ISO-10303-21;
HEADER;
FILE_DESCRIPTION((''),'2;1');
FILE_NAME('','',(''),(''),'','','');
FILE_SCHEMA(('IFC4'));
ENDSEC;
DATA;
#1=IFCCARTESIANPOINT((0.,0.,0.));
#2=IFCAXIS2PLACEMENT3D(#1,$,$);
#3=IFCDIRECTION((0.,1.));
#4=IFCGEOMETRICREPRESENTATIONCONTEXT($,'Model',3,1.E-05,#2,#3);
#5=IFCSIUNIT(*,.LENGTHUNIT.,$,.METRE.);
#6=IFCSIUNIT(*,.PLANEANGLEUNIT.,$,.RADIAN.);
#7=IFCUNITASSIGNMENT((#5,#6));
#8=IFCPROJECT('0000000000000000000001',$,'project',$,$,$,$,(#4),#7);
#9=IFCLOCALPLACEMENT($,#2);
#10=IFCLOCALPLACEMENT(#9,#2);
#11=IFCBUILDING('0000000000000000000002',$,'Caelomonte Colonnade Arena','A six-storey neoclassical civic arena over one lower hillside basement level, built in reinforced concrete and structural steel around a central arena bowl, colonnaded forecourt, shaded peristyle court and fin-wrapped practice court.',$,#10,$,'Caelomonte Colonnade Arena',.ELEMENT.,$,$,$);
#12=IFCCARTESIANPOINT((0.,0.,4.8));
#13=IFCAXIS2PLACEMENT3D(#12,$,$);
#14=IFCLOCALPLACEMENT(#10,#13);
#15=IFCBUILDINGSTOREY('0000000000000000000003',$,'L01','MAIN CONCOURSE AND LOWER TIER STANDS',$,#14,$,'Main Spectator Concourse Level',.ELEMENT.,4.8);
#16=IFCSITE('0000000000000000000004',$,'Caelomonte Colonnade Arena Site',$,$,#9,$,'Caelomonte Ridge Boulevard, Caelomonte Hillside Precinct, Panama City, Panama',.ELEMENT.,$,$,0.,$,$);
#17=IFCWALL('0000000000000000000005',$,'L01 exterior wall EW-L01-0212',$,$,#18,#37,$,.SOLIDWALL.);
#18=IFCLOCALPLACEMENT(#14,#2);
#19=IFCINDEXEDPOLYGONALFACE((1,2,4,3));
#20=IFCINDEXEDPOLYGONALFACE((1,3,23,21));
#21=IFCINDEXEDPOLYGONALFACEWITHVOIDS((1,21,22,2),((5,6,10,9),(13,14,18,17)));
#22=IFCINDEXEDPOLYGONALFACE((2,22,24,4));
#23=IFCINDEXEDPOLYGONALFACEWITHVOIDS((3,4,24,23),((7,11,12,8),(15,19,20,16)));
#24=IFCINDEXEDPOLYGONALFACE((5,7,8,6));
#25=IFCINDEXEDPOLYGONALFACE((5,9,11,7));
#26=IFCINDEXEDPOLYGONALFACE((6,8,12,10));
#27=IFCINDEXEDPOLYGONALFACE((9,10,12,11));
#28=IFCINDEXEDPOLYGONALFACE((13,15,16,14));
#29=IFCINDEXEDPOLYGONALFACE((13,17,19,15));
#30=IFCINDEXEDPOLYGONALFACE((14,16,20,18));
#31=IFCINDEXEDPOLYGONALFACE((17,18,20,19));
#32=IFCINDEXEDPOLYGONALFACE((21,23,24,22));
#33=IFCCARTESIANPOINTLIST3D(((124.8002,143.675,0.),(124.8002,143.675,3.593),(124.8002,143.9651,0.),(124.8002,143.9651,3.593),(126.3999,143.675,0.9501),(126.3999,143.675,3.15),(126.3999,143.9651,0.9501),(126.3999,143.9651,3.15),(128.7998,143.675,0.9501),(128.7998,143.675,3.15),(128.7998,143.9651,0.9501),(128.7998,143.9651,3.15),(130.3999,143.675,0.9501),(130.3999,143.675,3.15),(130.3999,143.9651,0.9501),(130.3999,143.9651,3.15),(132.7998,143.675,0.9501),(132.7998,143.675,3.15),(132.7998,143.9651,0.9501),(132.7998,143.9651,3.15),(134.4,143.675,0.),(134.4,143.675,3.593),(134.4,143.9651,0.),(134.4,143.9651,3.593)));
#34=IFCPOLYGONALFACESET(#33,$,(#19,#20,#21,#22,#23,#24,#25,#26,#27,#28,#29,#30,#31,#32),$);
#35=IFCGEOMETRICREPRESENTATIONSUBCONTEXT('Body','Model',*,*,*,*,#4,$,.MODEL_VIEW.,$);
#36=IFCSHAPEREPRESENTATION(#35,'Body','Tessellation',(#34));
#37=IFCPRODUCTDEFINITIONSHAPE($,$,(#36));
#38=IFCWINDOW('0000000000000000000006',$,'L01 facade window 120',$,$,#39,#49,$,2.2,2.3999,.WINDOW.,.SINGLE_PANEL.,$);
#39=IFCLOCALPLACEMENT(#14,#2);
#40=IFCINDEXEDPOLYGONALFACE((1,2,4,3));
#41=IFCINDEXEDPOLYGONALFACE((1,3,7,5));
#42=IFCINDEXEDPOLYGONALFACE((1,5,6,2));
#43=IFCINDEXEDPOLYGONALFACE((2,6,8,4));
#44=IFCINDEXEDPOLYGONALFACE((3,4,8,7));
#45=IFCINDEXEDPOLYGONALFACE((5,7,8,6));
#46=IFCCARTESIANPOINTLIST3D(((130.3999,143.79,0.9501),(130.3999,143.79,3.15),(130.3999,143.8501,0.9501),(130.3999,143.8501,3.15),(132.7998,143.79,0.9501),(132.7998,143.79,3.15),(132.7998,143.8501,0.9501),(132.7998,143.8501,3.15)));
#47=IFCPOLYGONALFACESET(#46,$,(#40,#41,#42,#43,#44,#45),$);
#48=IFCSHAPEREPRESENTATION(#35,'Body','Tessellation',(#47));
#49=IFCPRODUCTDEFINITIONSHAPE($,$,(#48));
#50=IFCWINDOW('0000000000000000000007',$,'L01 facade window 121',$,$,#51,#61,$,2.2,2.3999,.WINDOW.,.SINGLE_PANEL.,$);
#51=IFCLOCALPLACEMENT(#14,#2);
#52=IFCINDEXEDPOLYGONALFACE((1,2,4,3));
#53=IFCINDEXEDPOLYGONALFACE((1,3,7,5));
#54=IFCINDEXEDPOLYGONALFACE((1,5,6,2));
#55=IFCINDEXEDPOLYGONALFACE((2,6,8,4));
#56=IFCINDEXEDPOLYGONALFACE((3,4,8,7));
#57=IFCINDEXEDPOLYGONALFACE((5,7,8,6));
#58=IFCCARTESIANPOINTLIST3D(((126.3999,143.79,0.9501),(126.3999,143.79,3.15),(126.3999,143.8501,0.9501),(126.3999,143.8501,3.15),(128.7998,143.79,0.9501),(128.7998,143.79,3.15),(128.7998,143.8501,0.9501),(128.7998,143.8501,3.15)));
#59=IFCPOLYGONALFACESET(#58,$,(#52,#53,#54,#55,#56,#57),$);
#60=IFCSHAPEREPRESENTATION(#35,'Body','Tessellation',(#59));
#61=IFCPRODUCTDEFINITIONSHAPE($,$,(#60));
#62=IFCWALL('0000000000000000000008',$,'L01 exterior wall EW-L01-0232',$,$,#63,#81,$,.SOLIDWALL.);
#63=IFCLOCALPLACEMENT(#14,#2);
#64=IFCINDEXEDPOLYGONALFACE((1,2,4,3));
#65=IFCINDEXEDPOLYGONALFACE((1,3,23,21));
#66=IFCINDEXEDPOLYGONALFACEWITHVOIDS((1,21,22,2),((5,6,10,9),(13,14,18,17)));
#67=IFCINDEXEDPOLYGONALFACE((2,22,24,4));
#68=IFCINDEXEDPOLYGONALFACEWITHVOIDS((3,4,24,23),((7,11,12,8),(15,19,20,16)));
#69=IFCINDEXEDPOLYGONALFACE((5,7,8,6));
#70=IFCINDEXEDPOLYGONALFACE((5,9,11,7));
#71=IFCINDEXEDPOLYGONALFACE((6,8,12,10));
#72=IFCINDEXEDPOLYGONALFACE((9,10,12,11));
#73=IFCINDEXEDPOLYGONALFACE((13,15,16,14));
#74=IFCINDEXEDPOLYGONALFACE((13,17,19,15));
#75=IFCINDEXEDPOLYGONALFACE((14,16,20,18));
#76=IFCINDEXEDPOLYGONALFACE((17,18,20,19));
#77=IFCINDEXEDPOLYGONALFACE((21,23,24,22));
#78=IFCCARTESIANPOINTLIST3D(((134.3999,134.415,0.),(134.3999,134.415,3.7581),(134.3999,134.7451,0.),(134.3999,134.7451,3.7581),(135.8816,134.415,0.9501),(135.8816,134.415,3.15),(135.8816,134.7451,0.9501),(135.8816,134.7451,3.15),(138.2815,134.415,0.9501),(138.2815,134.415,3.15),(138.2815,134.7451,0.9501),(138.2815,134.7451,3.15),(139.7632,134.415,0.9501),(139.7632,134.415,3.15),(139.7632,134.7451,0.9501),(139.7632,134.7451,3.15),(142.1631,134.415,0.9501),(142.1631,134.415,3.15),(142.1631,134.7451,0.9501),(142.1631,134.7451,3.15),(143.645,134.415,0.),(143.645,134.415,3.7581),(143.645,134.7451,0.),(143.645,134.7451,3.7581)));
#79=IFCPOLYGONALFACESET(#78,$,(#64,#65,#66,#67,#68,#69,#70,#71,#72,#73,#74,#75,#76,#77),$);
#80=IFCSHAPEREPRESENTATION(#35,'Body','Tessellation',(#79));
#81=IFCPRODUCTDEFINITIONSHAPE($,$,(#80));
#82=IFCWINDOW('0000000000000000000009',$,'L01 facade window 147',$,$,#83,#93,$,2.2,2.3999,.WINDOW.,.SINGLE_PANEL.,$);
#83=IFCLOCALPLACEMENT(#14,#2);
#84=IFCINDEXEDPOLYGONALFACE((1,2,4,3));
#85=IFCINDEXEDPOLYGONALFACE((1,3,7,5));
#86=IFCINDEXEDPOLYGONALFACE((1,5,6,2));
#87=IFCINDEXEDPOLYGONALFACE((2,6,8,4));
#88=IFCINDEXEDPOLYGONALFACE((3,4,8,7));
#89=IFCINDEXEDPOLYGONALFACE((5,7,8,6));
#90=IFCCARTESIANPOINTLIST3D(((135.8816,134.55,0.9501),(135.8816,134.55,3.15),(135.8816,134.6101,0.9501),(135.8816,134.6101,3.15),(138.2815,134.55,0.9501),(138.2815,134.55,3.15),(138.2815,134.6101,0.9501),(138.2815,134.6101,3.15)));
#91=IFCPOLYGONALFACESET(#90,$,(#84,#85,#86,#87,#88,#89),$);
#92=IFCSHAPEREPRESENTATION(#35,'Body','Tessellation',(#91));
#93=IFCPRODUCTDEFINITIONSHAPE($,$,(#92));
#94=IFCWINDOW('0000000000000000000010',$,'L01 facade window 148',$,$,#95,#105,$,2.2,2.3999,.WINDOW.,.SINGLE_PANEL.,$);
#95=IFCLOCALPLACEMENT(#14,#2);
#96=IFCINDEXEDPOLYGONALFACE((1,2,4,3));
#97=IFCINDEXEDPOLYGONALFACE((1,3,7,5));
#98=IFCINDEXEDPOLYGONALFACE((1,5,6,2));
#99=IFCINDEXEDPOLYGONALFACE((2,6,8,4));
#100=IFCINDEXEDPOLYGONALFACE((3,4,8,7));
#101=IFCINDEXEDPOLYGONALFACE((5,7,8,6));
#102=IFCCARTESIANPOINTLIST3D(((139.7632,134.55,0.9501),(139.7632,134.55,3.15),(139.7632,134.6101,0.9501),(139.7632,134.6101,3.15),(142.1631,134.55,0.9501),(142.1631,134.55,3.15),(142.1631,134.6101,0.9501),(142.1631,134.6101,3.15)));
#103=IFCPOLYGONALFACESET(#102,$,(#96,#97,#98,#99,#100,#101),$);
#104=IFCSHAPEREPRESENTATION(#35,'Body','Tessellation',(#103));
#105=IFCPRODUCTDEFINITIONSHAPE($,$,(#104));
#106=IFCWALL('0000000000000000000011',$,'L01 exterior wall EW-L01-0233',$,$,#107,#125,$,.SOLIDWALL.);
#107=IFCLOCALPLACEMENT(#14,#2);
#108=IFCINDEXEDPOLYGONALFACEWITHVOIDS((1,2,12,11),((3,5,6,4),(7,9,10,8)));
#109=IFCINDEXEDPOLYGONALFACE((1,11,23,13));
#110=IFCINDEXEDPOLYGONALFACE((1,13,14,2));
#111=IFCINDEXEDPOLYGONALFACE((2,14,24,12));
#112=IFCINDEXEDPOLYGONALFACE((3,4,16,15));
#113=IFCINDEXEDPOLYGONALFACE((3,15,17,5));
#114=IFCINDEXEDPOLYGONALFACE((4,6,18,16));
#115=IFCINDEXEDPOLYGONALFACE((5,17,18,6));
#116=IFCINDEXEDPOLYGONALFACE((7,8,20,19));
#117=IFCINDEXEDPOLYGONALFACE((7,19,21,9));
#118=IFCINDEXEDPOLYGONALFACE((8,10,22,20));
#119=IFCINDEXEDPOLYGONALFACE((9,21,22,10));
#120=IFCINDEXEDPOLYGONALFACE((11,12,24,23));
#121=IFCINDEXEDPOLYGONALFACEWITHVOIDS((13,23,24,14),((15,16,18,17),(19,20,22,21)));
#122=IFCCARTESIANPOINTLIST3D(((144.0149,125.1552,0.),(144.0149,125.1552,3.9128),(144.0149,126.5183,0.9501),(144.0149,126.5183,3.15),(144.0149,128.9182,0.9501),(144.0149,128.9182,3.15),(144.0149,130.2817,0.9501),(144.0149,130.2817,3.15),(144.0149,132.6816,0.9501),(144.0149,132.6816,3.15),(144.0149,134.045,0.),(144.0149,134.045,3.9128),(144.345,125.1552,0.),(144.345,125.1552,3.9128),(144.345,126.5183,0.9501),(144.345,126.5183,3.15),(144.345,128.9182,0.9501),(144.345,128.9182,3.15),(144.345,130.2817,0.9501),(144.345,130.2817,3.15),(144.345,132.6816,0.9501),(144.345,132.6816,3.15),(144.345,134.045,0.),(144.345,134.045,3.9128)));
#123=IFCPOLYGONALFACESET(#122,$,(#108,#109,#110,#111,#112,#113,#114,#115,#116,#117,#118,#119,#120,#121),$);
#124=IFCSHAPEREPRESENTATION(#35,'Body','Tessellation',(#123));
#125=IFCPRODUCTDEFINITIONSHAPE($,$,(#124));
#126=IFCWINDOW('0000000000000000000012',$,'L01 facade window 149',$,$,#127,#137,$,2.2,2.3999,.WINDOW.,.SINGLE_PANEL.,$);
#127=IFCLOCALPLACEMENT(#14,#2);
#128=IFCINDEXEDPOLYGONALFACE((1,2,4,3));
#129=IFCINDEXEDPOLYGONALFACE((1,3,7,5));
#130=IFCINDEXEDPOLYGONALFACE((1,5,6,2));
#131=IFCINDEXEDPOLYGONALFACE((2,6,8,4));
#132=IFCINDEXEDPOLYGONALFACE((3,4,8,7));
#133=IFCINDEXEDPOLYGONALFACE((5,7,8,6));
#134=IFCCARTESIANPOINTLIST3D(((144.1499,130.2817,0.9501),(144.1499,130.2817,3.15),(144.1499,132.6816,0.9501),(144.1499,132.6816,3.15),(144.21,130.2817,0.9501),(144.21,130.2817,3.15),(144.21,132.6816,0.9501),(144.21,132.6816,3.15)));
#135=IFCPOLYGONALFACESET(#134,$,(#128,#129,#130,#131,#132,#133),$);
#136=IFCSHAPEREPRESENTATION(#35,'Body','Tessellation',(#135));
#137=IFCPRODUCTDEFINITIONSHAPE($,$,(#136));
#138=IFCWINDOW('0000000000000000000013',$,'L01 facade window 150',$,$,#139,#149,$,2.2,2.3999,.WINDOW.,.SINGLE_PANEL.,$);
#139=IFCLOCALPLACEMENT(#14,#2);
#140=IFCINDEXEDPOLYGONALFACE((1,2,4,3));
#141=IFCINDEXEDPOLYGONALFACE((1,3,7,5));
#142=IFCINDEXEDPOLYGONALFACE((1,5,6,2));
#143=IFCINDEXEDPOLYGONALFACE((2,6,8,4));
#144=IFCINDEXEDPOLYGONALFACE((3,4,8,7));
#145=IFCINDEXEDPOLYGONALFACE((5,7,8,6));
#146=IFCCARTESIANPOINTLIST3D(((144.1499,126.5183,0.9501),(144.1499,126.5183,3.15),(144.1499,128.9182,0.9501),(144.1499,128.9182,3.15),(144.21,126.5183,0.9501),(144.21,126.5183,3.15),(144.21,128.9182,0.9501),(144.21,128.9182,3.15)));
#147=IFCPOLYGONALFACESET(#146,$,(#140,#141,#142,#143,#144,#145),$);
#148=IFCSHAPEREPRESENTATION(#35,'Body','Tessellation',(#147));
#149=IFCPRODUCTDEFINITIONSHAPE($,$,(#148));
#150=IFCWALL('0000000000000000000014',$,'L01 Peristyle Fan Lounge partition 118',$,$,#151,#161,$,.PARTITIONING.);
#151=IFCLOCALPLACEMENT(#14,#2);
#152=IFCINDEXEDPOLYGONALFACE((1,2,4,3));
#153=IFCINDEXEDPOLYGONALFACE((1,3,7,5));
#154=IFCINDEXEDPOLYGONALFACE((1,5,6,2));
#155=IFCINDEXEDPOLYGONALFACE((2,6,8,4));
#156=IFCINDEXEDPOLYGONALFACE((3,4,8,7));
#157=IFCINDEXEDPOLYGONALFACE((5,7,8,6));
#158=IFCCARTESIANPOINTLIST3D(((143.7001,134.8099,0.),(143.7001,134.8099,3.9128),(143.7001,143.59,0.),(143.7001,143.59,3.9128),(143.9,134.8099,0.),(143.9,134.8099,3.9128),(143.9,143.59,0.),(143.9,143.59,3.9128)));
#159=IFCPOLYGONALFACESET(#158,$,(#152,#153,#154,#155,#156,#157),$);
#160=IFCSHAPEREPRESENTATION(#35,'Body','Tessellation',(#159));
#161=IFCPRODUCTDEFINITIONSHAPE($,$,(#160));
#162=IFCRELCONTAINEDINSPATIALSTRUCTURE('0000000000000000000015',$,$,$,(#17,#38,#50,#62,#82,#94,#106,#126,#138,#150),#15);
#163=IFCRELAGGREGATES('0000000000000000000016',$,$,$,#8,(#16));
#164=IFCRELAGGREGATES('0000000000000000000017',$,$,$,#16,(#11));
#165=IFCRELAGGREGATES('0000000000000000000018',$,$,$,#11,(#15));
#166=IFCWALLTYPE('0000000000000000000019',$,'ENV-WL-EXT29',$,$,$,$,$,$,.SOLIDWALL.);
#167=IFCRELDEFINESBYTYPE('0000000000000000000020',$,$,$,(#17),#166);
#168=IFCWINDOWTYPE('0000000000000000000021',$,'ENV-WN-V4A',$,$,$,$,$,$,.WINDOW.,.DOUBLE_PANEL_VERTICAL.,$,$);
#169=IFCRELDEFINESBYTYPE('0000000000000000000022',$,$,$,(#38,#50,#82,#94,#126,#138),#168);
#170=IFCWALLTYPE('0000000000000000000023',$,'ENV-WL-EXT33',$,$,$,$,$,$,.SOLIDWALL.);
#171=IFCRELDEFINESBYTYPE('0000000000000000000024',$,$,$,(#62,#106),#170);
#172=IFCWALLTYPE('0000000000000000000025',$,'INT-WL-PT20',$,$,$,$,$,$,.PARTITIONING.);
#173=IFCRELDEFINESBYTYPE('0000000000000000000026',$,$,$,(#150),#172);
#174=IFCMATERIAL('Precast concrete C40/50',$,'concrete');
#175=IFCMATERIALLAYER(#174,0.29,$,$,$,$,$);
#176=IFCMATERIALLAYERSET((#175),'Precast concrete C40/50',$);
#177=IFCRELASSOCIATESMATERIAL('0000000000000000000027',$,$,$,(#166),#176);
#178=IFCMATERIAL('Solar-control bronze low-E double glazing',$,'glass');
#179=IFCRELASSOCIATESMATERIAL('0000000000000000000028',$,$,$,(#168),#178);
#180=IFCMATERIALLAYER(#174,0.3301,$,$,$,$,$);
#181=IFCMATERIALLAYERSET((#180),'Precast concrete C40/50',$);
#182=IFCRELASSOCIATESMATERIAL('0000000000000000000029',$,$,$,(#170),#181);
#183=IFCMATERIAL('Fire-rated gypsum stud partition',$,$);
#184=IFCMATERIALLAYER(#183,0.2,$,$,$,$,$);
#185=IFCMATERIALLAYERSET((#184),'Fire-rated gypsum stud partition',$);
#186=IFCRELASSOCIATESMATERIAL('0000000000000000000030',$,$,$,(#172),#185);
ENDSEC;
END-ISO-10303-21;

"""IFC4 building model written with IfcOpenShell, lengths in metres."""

from ifc_helpers import new_model, si_unit, direction, frame, frame_2d, origin, place, context, subcontext, project, spatial, rectangle, extrude, material, layer, layer_set, type_object, element, fill, save


model = new_model("IFC4")

# Units and contexts
model_context = context("Model", 3, precision=1e-05, world=origin(), true_north=direction((0.0, 1.0)))
body_context = subcontext(model_context, "Body", "Model", "MODEL_VIEW")
ifc_project = project(units=[si_unit("LENGTHUNIT", "METRE"), si_unit("PLANEANGLEUNIT", "RADIAN")], contexts=[model_context])

# Site, building, storey
site_placement = place(None, origin())
site = spatial("IfcSite", under=ifc_project, at=site_placement, Name="Caelomonte Colonnade Arena Site", LongName="Caelomonte Ridge Boulevard, Caelomonte Hillside Precinct, Panama City, Panama", CompositionType="ELEMENT", RefElevation=0.0)
building_placement = place(site_placement, origin())
building = spatial("IfcBuilding", under=site, at=building_placement, Name="Caelomonte Colonnade Arena", Description="A six-storey neoclassical civic arena over one lower hillside basement level, built in reinforced concrete and structural steel around a central arena bowl, colonnaded forecourt, shaded peristyle court and fin-wrapped practice court.", LongName="Caelomonte Colonnade Arena", CompositionType="ELEMENT")
storey_placement = place(building_placement, frame((0.0, 0.0, 4.8)))
storey = spatial("IfcBuildingStorey", under=building, at=storey_placement, Name="L01", Description="MAIN CONCOURSE AND LOWER TIER STANDS", LongName="Main Spectator Concourse Level", CompositionType="ELEMENT", Elevation=4.8)

# Walls, openings, windows
ifc_material_1 = material(Name="Precast concrete C40/50", Category="concrete")
ifc_layer_1 = layer(ifc_material_1, 0.29)
ifc_layer_set_1 = layer_set([ifc_layer_1], Name="Precast concrete C40/50")
wall_type_1 = type_object("IfcWallType", Name="ENV-WL-EXT29", PredefinedType="SOLIDWALL", material=ifc_layer_set_1)
ifc_material_2 = material(Name="Solar-control bronze low-E double glazing", Category="glass")
window_type = type_object("IfcWindowType", Name="ENV-WN-V4A", PartitioningType="DOUBLE_PANEL_VERTICAL", PredefinedType="WINDOW", material=ifc_material_2)
wall_1_placement = place(storey_placement, frame((134.3999, 143.8201, 0.0), z_axis=(0.0, 0.0, 1.0), x_axis=(-1.0, 0.0, 0.0)))
wall_1 = element("IfcWall", 1, at=wall_1_placement, inside=storey, type_object=wall_type_1, Name="L01 exterior wall EW-L01-0212", PredefinedType="SOLIDWALL", context=body_context, shape_type="SweptSolid", body=[
    extrude(rectangle(XDim=9.5999, YDim=0.29, at=frame_2d((4.7998, 0.0))), origin(), (0.0, 0.0, 1.0), 3.593),
])
opening_1_placement = place(wall_1_placement, frame((4.0, 0.0, 0.95), z_axis=(0.0, 0.0, 1.0), x_axis=(-1.0, 0.0, 0.0)))
opening_1 = element("IfcOpeningElement", 2, at=opening_1_placement, cuts=wall_1, PredefinedType="OPENING", context=body_context, shape_type="SweptSolid", body=[
    extrude(rectangle(XDim=2.3999, YDim=2.2, at=frame_2d((1.2, 1.1001))), frame((0.0, 0.155, 0.0), z_axis=(0.0, -1.0, 0.0), x_axis=(1.0, 0.0, 0.0)), (0.0, 0.0, 1.0), 0.3101),
])
opening_2_placement = place(wall_1_placement, frame((8.0, 0.0, 0.95), z_axis=(0.0, 0.0, 1.0), x_axis=(-1.0, 0.0, 0.0)))
opening_2 = element("IfcOpeningElement", 3, at=opening_2_placement, cuts=wall_1, PredefinedType="OPENING", context=body_context, shape_type="SweptSolid", body=[
    extrude(rectangle(XDim=2.3999, YDim=2.2, at=frame_2d((1.2, 1.1001))), frame((0.0, 0.155, 0.0), z_axis=(0.0, -1.0, 0.0), x_axis=(1.0, 0.0, 0.0)), (0.0, 0.0, 1.0), 0.3101),
])
window_1_placement = place(opening_1_placement, origin())
window_1 = element("IfcWindow", 4, at=window_1_placement, inside=storey, type_object=window_type, Name="L01 facade window 120", OverallHeight=2.2, OverallWidth=2.3999, PartitioningType="SINGLE_PANEL", PredefinedType="WINDOW", context=body_context, shape_type="SweptSolid", body=[
    extrude(rectangle(XDim=2.3999, YDim=2.2, at=frame_2d((1.2, 1.1001))), frame((0.0, 0.03, 0.0), z_axis=(0.0, -1.0, 0.0), x_axis=(1.0, 0.0, 0.0)), (0.0, 0.0, 1.0), 0.0601),
])
fill(opening_1, window_1)
window_2_placement = place(opening_2_placement, origin())
window_2 = element("IfcWindow", 5, at=window_2_placement, inside=storey, type_object=window_type, Name="L01 facade window 121", OverallHeight=2.2, OverallWidth=2.3999, PartitioningType="SINGLE_PANEL", PredefinedType="WINDOW", context=body_context, shape_type="SweptSolid", body=[
    extrude(rectangle(XDim=2.3999, YDim=2.2, at=frame_2d((1.2, 1.1001))), frame((0.0, 0.03, 0.0), z_axis=(0.0, -1.0, 0.0), x_axis=(1.0, 0.0, 0.0)), (0.0, 0.0, 1.0), 0.0601),
])
fill(opening_2, window_2)
ifc_layer_2 = layer(ifc_material_1, 0.3301)
ifc_layer_set_2 = layer_set([ifc_layer_2], Name="Precast concrete C40/50")
wall_type_2 = type_object("IfcWallType", Name="ENV-WL-EXT33", PredefinedType="SOLIDWALL", material=ifc_layer_set_2)
wall_2_placement = place(storey_placement, frame((134.3999, 134.5801, 0.0), z_axis=(0.0, 0.0, 1.0), x_axis=(1.0, 0.0, 0.0)))
wall_2 = element("IfcWall", 6, at=wall_2_placement, inside=storey, type_object=wall_type_2, Name="L01 exterior wall EW-L01-0232", PredefinedType="SOLIDWALL", context=body_context, shape_type="SweptSolid", body=[
    extrude(rectangle(XDim=9.2451, YDim=0.3301, at=frame_2d((4.6226, 0.0))), origin(), (0.0, 0.0, 1.0), 3.7581),
])
opening_3_placement = place(wall_2_placement, frame((3.8816, 0.0, 0.95), z_axis=(0.0, 0.0, 1.0), x_axis=(-1.0, 0.0, 0.0)))
opening_3 = element("IfcOpeningElement", 7, at=opening_3_placement, cuts=wall_2, PredefinedType="OPENING", context=body_context, shape_type="SweptSolid", body=[
    extrude(rectangle(XDim=2.3999, YDim=2.2, at=frame_2d((1.2, 1.1001))), frame((0.0, 0.175, 0.0), z_axis=(0.0, -1.0, 0.0), x_axis=(1.0, 0.0, 0.0)), (0.0, 0.0, 1.0), 0.3501),
])
opening_4_placement = place(wall_2_placement, frame((7.7632, 0.0, 0.95), z_axis=(0.0, 0.0, 1.0), x_axis=(-1.0, 0.0, 0.0)))
opening_4 = element("IfcOpeningElement", 8, at=opening_4_placement, cuts=wall_2, PredefinedType="OPENING", context=body_context, shape_type="SweptSolid", body=[
    extrude(rectangle(XDim=2.3999, YDim=2.2, at=frame_2d((1.2, 1.1001))), frame((0.0, 0.175, 0.0), z_axis=(0.0, -1.0, 0.0), x_axis=(1.0, 0.0, 0.0)), (0.0, 0.0, 1.0), 0.3501),
])
window_3_placement = place(opening_3_placement, origin())
window_3 = element("IfcWindow", 9, at=window_3_placement, inside=storey, type_object=window_type, Name="L01 facade window 147", OverallHeight=2.2, OverallWidth=2.3999, PartitioningType="SINGLE_PANEL", PredefinedType="WINDOW", context=body_context, shape_type="SweptSolid", body=[
    extrude(rectangle(XDim=2.3999, YDim=2.2, at=frame_2d((1.2, 1.1001))), frame((0.0, 0.03, 0.0), z_axis=(0.0, -1.0, 0.0), x_axis=(1.0, 0.0, 0.0)), (0.0, 0.0, 1.0), 0.0601),
])
fill(opening_3, window_3)
window_4_placement = place(opening_4_placement, origin())
window_4 = element("IfcWindow", 10, at=window_4_placement, inside=storey, type_object=window_type, Name="L01 facade window 148", OverallHeight=2.2, OverallWidth=2.3999, PartitioningType="SINGLE_PANEL", PredefinedType="WINDOW", context=body_context, shape_type="SweptSolid", body=[
    extrude(rectangle(XDim=2.3999, YDim=2.2, at=frame_2d((1.2, 1.1001))), frame((0.0, 0.03, 0.0), z_axis=(0.0, -1.0, 0.0), x_axis=(1.0, 0.0, 0.0)), (0.0, 0.0, 1.0), 0.0601),
])
fill(opening_4, window_4)
wall_3_placement = place(storey_placement, frame((144.1799, 134.0449, 0.0), z_axis=(0.0, 0.0, 1.0), x_axis=(0.0, -1.0, 0.0)))
wall_3 = element("IfcWall", 11, at=wall_3_placement, inside=storey, type_object=wall_type_2, Name="L01 exterior wall EW-L01-0233", PredefinedType="SOLIDWALL", context=body_context, shape_type="SweptSolid", body=[
    extrude(rectangle(XDim=8.8899, YDim=0.3301, at=frame_2d((4.4448, 0.0))), origin(), (0.0, 0.0, 1.0), 3.9128),
])
opening_5_placement = place(wall_3_placement, frame((3.7632, 0.0, 0.95), z_axis=(0.0, 0.0, 1.0), x_axis=(-1.0, 0.0, 0.0)))
opening_5 = element("IfcOpeningElement", 12, at=opening_5_placement, cuts=wall_3, PredefinedType="OPENING", context=body_context, shape_type="SweptSolid", body=[
    extrude(rectangle(XDim=2.3999, YDim=2.2, at=frame_2d((1.2, 1.1001))), frame((0.0, 0.175, 0.0), z_axis=(0.0, -1.0, 0.0), x_axis=(1.0, 0.0, 0.0)), (0.0, 0.0, 1.0), 0.3501),
])
opening_6_placement = place(wall_3_placement, frame((7.5266, 0.0, 0.95), z_axis=(0.0, 0.0, 1.0), x_axis=(-1.0, 0.0, 0.0)))
opening_6 = element("IfcOpeningElement", 13, at=opening_6_placement, cuts=wall_3, PredefinedType="OPENING", context=body_context, shape_type="SweptSolid", body=[
    extrude(rectangle(XDim=2.3999, YDim=2.2, at=frame_2d((1.2, 1.1001))), frame((0.0, 0.175, 0.0), z_axis=(0.0, -1.0, 0.0), x_axis=(1.0, 0.0, 0.0)), (0.0, 0.0, 1.0), 0.3501),
])
window_5_placement = place(opening_5_placement, origin())
window_5 = element("IfcWindow", 14, at=window_5_placement, inside=storey, type_object=window_type, Name="L01 facade window 149", OverallHeight=2.2, OverallWidth=2.3999, PartitioningType="SINGLE_PANEL", PredefinedType="WINDOW", context=body_context, shape_type="SweptSolid", body=[
    extrude(rectangle(XDim=2.3999, YDim=2.2, at=frame_2d((1.2, 1.1001))), frame((0.0, 0.03, 0.0), z_axis=(0.0, -1.0, 0.0), x_axis=(1.0, 0.0, 0.0)), (0.0, 0.0, 1.0), 0.0601),
])
fill(opening_5, window_5)
window_6_placement = place(opening_6_placement, origin())
window_6 = element("IfcWindow", 15, at=window_6_placement, inside=storey, type_object=window_type, Name="L01 facade window 150", OverallHeight=2.2, OverallWidth=2.3999, PartitioningType="SINGLE_PANEL", PredefinedType="WINDOW", context=body_context, shape_type="SweptSolid", body=[
    extrude(rectangle(XDim=2.3999, YDim=2.2, at=frame_2d((1.2, 1.1001))), frame((0.0, 0.03, 0.0), z_axis=(0.0, -1.0, 0.0), x_axis=(1.0, 0.0, 0.0)), (0.0, 0.0, 1.0), 0.0601),
])
fill(opening_6, window_6)

# Wall
ifc_material_3 = material(Name="Fire-rated gypsum stud partition")
ifc_layer_3 = layer(ifc_material_3, 0.2)
ifc_layer_set_3 = layer_set([ifc_layer_3], Name="Fire-rated gypsum stud partition")
wall_type_3 = type_object("IfcWallType", Name="INT-WL-PT20", PredefinedType="PARTITIONING", material=ifc_layer_set_3)
wall_4_placement = place(storey_placement, frame((143.8, 143.5901, 0.0), z_axis=(0.0, 0.0, 1.0), x_axis=(0.0, -1.0, 0.0)))
element("IfcWall", 16, at=wall_4_placement, inside=storey, type_object=wall_type_3, Name="L01 Peristyle Fan Lounge partition 118", PredefinedType="PARTITIONING", context=body_context, shape_type="SweptSolid", body=[
    extrude(rectangle(XDim=8.78, YDim=0.2, at=frame_2d((4.3901, 0.0))), origin(), (0.0, 0.0, 1.0), 3.9128),
])

save(model, "model.ifc")
